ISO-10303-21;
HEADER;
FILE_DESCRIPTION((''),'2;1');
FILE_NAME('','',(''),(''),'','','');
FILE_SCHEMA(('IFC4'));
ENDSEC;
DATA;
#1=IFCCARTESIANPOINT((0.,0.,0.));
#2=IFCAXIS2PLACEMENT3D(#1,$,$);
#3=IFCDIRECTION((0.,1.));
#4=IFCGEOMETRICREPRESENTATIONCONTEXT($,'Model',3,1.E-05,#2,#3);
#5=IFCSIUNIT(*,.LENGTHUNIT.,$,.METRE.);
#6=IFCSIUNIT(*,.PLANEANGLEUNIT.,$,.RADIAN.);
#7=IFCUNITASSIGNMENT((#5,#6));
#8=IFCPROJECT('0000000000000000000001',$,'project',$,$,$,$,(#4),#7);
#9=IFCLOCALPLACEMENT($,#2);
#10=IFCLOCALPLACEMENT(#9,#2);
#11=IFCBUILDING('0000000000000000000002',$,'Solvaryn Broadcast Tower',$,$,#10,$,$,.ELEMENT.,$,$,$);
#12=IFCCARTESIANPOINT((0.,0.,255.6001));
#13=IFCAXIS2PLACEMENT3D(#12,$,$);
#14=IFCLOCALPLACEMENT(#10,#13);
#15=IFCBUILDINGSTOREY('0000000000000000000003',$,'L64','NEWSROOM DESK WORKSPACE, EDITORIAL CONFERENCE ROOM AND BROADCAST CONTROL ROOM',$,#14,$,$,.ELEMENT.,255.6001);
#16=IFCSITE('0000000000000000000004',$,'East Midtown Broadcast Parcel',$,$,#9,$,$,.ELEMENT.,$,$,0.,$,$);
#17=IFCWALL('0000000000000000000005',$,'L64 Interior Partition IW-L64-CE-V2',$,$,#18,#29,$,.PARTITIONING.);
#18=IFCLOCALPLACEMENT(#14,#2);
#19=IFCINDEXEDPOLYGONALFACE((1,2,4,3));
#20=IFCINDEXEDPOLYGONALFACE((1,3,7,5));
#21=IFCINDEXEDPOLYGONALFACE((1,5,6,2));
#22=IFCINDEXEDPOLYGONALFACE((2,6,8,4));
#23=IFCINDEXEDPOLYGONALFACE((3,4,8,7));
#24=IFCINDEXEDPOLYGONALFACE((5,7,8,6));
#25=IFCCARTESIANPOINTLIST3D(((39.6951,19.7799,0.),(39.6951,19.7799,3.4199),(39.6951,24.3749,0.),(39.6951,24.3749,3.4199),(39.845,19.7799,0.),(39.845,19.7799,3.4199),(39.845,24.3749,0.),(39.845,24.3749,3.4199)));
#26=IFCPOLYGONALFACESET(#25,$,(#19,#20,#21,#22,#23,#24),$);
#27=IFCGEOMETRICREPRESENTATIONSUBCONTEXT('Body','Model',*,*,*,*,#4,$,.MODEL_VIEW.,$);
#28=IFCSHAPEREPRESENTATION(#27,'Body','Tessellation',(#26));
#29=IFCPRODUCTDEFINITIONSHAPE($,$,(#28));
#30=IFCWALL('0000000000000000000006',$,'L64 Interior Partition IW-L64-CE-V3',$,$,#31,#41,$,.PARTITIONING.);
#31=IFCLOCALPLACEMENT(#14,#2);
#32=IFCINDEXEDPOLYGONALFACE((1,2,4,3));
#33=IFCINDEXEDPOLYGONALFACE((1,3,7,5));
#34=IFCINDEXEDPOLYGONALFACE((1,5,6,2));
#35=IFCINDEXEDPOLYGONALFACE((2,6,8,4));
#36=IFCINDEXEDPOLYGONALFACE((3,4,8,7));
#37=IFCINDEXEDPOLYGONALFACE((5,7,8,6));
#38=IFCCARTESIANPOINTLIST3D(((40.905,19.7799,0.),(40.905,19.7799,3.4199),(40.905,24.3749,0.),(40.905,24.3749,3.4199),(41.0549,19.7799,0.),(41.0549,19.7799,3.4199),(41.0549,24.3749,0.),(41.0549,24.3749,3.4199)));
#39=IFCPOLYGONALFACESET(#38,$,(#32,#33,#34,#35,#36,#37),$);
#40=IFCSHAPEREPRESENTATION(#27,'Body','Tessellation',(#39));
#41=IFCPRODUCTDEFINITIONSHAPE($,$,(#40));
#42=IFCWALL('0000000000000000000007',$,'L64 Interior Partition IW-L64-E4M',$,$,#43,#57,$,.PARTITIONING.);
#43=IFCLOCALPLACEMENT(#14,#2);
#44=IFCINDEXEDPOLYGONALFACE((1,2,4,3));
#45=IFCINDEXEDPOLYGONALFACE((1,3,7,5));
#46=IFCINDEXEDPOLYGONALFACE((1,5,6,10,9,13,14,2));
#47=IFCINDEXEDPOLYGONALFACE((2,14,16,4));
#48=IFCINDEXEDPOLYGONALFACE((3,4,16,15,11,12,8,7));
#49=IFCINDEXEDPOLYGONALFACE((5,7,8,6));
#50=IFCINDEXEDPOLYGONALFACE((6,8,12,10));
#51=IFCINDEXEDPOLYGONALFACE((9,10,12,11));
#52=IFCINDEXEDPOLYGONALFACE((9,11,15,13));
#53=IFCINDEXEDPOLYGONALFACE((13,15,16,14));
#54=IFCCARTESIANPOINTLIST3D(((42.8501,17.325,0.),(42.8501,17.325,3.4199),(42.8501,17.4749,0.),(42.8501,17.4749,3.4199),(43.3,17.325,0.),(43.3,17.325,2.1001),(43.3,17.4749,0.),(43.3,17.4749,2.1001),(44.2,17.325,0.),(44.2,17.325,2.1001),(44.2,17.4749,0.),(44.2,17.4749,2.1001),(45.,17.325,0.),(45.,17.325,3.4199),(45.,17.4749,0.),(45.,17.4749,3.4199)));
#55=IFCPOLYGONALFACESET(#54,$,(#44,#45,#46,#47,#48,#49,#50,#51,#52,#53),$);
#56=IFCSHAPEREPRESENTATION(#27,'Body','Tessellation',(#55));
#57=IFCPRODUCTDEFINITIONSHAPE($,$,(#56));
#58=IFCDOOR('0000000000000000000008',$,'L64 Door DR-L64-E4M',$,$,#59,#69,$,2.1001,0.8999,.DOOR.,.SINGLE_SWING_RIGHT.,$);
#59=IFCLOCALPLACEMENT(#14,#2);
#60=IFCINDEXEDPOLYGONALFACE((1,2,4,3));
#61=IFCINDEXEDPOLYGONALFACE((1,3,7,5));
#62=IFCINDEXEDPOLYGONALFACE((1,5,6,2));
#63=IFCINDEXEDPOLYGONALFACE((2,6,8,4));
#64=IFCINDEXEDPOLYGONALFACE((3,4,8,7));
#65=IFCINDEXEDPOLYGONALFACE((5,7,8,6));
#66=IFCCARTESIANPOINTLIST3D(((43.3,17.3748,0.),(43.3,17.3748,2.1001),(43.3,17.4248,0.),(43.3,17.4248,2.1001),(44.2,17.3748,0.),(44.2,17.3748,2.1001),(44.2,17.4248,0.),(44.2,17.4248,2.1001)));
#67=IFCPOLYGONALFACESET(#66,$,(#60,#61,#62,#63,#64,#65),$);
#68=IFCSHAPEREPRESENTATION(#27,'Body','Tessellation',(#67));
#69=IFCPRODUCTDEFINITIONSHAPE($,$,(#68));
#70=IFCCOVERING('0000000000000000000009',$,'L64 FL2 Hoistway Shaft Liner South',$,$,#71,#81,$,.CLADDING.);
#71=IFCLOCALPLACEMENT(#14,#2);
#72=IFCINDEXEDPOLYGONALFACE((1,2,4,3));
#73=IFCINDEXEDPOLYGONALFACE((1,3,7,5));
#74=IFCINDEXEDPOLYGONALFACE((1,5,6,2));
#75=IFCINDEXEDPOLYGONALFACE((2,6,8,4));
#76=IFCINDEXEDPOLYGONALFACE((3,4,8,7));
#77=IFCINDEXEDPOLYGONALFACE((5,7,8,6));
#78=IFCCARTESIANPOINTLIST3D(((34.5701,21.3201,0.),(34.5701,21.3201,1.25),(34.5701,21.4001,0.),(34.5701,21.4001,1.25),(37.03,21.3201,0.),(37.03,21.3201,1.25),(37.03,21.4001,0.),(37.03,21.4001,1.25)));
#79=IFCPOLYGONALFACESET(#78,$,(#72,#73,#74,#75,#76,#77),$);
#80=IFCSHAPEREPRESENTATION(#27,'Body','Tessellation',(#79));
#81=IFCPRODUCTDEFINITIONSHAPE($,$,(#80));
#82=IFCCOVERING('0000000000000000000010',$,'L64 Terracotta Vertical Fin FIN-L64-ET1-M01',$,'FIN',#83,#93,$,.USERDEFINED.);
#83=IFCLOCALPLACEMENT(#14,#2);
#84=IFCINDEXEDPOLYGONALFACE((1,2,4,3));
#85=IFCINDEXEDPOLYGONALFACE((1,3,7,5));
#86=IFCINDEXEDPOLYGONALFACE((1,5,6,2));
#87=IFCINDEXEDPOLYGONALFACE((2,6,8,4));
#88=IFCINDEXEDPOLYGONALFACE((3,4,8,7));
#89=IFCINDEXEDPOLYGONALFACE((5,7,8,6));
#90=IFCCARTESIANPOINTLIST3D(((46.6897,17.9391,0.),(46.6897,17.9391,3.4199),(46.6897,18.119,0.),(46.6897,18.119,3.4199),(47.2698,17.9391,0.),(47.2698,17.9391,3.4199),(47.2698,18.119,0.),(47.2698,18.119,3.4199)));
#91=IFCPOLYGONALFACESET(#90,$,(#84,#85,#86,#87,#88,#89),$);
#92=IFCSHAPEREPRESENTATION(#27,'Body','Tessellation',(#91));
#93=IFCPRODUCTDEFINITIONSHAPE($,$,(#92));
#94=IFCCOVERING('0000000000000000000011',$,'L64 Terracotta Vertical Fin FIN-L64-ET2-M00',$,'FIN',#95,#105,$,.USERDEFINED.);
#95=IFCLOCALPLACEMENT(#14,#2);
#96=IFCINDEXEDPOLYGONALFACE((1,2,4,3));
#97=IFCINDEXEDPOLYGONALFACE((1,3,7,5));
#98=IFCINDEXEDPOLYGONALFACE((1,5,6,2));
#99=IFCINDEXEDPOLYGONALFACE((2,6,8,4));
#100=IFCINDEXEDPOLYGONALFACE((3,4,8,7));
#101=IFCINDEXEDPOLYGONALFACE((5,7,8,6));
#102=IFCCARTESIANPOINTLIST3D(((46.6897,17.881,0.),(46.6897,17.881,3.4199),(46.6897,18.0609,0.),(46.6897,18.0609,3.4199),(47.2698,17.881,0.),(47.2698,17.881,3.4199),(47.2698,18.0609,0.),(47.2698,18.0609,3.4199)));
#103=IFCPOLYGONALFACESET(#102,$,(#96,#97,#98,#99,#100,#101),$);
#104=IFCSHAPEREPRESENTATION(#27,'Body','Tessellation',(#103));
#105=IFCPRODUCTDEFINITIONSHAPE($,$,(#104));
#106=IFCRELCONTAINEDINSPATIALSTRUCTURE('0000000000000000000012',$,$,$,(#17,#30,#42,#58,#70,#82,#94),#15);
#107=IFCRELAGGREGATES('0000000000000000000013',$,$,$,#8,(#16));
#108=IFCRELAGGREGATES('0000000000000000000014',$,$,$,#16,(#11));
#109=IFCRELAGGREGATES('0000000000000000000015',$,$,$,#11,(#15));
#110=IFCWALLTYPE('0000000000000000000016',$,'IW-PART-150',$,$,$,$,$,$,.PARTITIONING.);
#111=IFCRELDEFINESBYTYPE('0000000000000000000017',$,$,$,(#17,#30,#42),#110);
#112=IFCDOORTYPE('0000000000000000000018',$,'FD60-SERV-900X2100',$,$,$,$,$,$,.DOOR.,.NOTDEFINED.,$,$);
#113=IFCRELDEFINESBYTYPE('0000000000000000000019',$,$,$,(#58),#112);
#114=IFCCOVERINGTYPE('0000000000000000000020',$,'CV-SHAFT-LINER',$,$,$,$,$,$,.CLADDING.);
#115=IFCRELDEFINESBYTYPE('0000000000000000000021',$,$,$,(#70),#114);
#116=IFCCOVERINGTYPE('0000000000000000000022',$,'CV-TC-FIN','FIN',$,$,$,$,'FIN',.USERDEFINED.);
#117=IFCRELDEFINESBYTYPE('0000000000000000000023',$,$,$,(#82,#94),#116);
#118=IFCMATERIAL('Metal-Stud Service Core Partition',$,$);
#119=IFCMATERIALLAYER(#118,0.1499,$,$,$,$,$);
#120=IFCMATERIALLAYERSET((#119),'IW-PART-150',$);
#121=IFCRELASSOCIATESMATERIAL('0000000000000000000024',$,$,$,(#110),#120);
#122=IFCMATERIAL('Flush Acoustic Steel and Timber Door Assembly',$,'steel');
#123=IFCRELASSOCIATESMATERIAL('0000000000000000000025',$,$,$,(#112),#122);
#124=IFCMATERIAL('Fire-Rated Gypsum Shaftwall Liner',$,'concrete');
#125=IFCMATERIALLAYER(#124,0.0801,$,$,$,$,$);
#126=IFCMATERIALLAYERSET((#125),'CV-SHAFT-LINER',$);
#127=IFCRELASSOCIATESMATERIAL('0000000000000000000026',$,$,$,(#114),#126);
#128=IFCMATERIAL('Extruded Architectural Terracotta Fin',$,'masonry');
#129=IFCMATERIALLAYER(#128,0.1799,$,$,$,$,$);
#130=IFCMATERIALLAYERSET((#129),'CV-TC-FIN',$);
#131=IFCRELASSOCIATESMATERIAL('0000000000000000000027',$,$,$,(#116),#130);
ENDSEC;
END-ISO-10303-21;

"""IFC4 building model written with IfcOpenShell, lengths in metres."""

from ifc_helpers import new_model, si_unit, direction, frame, frame_2d, origin, origin_2d, place, context, subcontext, project, spatial, rectangle, extrude, material, layer, layer_set, type_object, element, fill, save


model = new_model("IFC4")

# Units and contexts
model_context = context("Model", 3, precision=1e-05, world=origin(), true_north=direction((0.0, 1.0)))
body_context = subcontext(model_context, "Body", "Model", "MODEL_VIEW")
ifc_project = project(units=[si_unit("LENGTHUNIT", "METRE"), si_unit("PLANEANGLEUNIT", "RADIAN")], contexts=[model_context])

# Site, building, storey
site_placement = place(None, origin())
site = spatial("IfcSite", under=ifc_project, at=site_placement, Name="East Midtown Broadcast Parcel", CompositionType="ELEMENT", RefElevation=0.0)
building_placement = place(site_placement, origin())
building = spatial("IfcBuilding", under=site, at=building_placement, Name="Solvaryn Broadcast Tower", CompositionType="ELEMENT")
storey_placement = place(building_placement, frame((0.0, 0.0, 255.6001)))
storey = spatial("IfcBuildingStorey", under=building, at=storey_placement, Name="L64", Description="NEWSROOM DESK WORKSPACE, EDITORIAL CONFERENCE ROOM AND BROADCAST CONTROL ROOM", CompositionType="ELEMENT", Elevation=255.6001)

# Walls
ifc_material_1 = material(Name="Metal-Stud Service Core Partition")
ifc_layer_1 = layer(ifc_material_1, 0.1499)
ifc_layer_set_1 = layer_set([ifc_layer_1], Name="IW-PART-150")
wall_type_1 = type_object("IfcWallType", Name="IW-PART-150", PredefinedType="PARTITIONING", material=ifc_layer_set_1)
for number, where, z_axis, x_axis, name in (
    (1, (39.77, 19.78, 0.0), (0.0, 0.0, 1.0), (0.0, 1.0, 0.0), "L64 Interior Partition IW-L64-CE-V2"),
    (2, (40.98, 19.78, 0.0), (0.0, 0.0, 1.0), (0.0, 1.0, 0.0), "L64 Interior Partition IW-L64-CE-V3"),
):
    element("IfcWall", number, at=place(storey_placement, frame(where, z_axis=z_axis, x_axis=x_axis)), inside=storey, type_object=wall_type_1, Name=name, PredefinedType="PARTITIONING", context=body_context, shape_type="SweptSolid", body=[
        extrude(rectangle(XDim=4.595, YDim=0.1499, at=frame_2d((2.2974, 0.0))), origin(), (0.0, 0.0, 1.0), 3.4199),
    ])

# Wall, opening, door
wall_1_placement = place(storey_placement, frame((42.8501, 17.3999, 0.0), z_axis=(0.0, 0.0, 1.0), x_axis=(1.0, 0.0, 0.0)))
wall_1 = element("IfcWall", 3, at=wall_1_placement, inside=storey, type_object=wall_type_1, Name="L64 Interior Partition IW-L64-E4M", PredefinedType="PARTITIONING", context=body_context, shape_type="SweptSolid", body=[
    extrude(rectangle(XDim=2.1499, YDim=0.1499, at=frame_2d((1.075, 0.0))), origin(), (0.0, 0.0, 1.0), 3.4199),
])
opening_1_placement = place(wall_1_placement, frame((0.45, 0.0, 0.0)))
opening_1 = element("IfcOpeningElement", 4, at=opening_1_placement, cuts=wall_1, PredefinedType="OPENING", context=body_context, shape_type="SweptSolid", body=[
    extrude(rectangle(XDim=0.8999, YDim=2.1001, at=frame_2d((0.45, 1.05))), frame((0.0, 0.085, 0.0), z_axis=(0.0, -1.0, 0.0), x_axis=(1.0, 0.0, 0.0)), (0.0, 0.0, 1.0), 0.1699),
])
ifc_material_2 = material(Name="Flush Acoustic Steel and Timber Door Assembly", Category="steel")
door_type_1 = type_object("IfcDoorType", Name="FD60-SERV-900X2100", OperationType="NOTDEFINED", PredefinedType="DOOR", material=ifc_material_2)
door_1_placement = place(opening_1_placement, origin())
door_1 = element("IfcDoor", 5, at=door_1_placement, inside=storey, type_object=door_type_1, Name="L64 Door DR-L64-E4M", OperationType="SINGLE_SWING_RIGHT", OverallHeight=2.1001, OverallWidth=0.8999, PredefinedType="DOOR", context=body_context, shape_type="SweptSolid", body=[
    extrude(rectangle(XDim=0.8999, YDim=2.1001, at=frame_2d((0.45, 1.05))), frame((0.0, 0.0249, 0.0), z_axis=(0.0, -1.0, 0.0), x_axis=(1.0, 0.0, 0.0)), (0.0, 0.0, 1.0), 0.05),
])
fill(opening_1, door_1)

# Coverings
ifc_material_3 = material(Name="Fire-Rated Gypsum Shaftwall Liner", Category="concrete")
ifc_layer_2 = layer(ifc_material_3, 0.0801)
ifc_layer_set_2 = layer_set([ifc_layer_2], Name="CV-SHAFT-LINER")
covering_type_1 = type_object("IfcCoveringType", Name="CV-SHAFT-LINER", PredefinedType="CLADDING", material=ifc_layer_set_2)
covering_placement = place(storey_placement, frame((35.8, 21.3601, 0.0), z_axis=(0.0, 0.0, 1.0), x_axis=(1.0, 0.0, 0.0)))
element("IfcCovering", 6, at=covering_placement, inside=storey, type_object=covering_type_1, Name="L64 FL2 Hoistway Shaft Liner South", PredefinedType="CLADDING", context=body_context, shape_type="SweptSolid", body=[
    extrude(rectangle(XDim=2.46, YDim=0.0801, at=origin_2d()), origin(), (0.0, 0.0, 1.0), 1.25),
])
ifc_material_4 = material(Name="Extruded Architectural Terracotta Fin", Category="masonry")
ifc_layer_3 = layer(ifc_material_4, 0.1799)
ifc_layer_set_3 = layer_set([ifc_layer_3], Name="CV-TC-FIN")
covering_type_2 = type_object("IfcCoveringType", Name="CV-TC-FIN", Description="FIN", ElementType="FIN", PredefinedType="USERDEFINED", material=ifc_layer_set_3)
for number, where, z_axis, x_axis, name in (
    (7, (46.9797, 18.0291, 0.0), (0.0, 0.0, 1.0), (1.0, 0.0, 0.0), "L64 Terracotta Vertical Fin FIN-L64-ET1-M01"),
    (8, (46.9797, 17.9709, 0.0), (0.0, 0.0, 1.0), (1.0, 0.0, 0.0), "L64 Terracotta Vertical Fin FIN-L64-ET2-M00"),
):
    element("IfcCovering", number, at=place(storey_placement, frame(where, z_axis=z_axis, x_axis=x_axis)), inside=storey, type_object=covering_type_2, Name=name, ObjectType="FIN", PredefinedType="USERDEFINED", context=body_context, shape_type="SweptSolid", body=[
        extrude(rectangle(XDim=0.5801, YDim=0.1799, at=origin_2d()), origin(), (0.0, 0.0, 1.0), 3.4199),
    ])

save(model, "model.ifc")
